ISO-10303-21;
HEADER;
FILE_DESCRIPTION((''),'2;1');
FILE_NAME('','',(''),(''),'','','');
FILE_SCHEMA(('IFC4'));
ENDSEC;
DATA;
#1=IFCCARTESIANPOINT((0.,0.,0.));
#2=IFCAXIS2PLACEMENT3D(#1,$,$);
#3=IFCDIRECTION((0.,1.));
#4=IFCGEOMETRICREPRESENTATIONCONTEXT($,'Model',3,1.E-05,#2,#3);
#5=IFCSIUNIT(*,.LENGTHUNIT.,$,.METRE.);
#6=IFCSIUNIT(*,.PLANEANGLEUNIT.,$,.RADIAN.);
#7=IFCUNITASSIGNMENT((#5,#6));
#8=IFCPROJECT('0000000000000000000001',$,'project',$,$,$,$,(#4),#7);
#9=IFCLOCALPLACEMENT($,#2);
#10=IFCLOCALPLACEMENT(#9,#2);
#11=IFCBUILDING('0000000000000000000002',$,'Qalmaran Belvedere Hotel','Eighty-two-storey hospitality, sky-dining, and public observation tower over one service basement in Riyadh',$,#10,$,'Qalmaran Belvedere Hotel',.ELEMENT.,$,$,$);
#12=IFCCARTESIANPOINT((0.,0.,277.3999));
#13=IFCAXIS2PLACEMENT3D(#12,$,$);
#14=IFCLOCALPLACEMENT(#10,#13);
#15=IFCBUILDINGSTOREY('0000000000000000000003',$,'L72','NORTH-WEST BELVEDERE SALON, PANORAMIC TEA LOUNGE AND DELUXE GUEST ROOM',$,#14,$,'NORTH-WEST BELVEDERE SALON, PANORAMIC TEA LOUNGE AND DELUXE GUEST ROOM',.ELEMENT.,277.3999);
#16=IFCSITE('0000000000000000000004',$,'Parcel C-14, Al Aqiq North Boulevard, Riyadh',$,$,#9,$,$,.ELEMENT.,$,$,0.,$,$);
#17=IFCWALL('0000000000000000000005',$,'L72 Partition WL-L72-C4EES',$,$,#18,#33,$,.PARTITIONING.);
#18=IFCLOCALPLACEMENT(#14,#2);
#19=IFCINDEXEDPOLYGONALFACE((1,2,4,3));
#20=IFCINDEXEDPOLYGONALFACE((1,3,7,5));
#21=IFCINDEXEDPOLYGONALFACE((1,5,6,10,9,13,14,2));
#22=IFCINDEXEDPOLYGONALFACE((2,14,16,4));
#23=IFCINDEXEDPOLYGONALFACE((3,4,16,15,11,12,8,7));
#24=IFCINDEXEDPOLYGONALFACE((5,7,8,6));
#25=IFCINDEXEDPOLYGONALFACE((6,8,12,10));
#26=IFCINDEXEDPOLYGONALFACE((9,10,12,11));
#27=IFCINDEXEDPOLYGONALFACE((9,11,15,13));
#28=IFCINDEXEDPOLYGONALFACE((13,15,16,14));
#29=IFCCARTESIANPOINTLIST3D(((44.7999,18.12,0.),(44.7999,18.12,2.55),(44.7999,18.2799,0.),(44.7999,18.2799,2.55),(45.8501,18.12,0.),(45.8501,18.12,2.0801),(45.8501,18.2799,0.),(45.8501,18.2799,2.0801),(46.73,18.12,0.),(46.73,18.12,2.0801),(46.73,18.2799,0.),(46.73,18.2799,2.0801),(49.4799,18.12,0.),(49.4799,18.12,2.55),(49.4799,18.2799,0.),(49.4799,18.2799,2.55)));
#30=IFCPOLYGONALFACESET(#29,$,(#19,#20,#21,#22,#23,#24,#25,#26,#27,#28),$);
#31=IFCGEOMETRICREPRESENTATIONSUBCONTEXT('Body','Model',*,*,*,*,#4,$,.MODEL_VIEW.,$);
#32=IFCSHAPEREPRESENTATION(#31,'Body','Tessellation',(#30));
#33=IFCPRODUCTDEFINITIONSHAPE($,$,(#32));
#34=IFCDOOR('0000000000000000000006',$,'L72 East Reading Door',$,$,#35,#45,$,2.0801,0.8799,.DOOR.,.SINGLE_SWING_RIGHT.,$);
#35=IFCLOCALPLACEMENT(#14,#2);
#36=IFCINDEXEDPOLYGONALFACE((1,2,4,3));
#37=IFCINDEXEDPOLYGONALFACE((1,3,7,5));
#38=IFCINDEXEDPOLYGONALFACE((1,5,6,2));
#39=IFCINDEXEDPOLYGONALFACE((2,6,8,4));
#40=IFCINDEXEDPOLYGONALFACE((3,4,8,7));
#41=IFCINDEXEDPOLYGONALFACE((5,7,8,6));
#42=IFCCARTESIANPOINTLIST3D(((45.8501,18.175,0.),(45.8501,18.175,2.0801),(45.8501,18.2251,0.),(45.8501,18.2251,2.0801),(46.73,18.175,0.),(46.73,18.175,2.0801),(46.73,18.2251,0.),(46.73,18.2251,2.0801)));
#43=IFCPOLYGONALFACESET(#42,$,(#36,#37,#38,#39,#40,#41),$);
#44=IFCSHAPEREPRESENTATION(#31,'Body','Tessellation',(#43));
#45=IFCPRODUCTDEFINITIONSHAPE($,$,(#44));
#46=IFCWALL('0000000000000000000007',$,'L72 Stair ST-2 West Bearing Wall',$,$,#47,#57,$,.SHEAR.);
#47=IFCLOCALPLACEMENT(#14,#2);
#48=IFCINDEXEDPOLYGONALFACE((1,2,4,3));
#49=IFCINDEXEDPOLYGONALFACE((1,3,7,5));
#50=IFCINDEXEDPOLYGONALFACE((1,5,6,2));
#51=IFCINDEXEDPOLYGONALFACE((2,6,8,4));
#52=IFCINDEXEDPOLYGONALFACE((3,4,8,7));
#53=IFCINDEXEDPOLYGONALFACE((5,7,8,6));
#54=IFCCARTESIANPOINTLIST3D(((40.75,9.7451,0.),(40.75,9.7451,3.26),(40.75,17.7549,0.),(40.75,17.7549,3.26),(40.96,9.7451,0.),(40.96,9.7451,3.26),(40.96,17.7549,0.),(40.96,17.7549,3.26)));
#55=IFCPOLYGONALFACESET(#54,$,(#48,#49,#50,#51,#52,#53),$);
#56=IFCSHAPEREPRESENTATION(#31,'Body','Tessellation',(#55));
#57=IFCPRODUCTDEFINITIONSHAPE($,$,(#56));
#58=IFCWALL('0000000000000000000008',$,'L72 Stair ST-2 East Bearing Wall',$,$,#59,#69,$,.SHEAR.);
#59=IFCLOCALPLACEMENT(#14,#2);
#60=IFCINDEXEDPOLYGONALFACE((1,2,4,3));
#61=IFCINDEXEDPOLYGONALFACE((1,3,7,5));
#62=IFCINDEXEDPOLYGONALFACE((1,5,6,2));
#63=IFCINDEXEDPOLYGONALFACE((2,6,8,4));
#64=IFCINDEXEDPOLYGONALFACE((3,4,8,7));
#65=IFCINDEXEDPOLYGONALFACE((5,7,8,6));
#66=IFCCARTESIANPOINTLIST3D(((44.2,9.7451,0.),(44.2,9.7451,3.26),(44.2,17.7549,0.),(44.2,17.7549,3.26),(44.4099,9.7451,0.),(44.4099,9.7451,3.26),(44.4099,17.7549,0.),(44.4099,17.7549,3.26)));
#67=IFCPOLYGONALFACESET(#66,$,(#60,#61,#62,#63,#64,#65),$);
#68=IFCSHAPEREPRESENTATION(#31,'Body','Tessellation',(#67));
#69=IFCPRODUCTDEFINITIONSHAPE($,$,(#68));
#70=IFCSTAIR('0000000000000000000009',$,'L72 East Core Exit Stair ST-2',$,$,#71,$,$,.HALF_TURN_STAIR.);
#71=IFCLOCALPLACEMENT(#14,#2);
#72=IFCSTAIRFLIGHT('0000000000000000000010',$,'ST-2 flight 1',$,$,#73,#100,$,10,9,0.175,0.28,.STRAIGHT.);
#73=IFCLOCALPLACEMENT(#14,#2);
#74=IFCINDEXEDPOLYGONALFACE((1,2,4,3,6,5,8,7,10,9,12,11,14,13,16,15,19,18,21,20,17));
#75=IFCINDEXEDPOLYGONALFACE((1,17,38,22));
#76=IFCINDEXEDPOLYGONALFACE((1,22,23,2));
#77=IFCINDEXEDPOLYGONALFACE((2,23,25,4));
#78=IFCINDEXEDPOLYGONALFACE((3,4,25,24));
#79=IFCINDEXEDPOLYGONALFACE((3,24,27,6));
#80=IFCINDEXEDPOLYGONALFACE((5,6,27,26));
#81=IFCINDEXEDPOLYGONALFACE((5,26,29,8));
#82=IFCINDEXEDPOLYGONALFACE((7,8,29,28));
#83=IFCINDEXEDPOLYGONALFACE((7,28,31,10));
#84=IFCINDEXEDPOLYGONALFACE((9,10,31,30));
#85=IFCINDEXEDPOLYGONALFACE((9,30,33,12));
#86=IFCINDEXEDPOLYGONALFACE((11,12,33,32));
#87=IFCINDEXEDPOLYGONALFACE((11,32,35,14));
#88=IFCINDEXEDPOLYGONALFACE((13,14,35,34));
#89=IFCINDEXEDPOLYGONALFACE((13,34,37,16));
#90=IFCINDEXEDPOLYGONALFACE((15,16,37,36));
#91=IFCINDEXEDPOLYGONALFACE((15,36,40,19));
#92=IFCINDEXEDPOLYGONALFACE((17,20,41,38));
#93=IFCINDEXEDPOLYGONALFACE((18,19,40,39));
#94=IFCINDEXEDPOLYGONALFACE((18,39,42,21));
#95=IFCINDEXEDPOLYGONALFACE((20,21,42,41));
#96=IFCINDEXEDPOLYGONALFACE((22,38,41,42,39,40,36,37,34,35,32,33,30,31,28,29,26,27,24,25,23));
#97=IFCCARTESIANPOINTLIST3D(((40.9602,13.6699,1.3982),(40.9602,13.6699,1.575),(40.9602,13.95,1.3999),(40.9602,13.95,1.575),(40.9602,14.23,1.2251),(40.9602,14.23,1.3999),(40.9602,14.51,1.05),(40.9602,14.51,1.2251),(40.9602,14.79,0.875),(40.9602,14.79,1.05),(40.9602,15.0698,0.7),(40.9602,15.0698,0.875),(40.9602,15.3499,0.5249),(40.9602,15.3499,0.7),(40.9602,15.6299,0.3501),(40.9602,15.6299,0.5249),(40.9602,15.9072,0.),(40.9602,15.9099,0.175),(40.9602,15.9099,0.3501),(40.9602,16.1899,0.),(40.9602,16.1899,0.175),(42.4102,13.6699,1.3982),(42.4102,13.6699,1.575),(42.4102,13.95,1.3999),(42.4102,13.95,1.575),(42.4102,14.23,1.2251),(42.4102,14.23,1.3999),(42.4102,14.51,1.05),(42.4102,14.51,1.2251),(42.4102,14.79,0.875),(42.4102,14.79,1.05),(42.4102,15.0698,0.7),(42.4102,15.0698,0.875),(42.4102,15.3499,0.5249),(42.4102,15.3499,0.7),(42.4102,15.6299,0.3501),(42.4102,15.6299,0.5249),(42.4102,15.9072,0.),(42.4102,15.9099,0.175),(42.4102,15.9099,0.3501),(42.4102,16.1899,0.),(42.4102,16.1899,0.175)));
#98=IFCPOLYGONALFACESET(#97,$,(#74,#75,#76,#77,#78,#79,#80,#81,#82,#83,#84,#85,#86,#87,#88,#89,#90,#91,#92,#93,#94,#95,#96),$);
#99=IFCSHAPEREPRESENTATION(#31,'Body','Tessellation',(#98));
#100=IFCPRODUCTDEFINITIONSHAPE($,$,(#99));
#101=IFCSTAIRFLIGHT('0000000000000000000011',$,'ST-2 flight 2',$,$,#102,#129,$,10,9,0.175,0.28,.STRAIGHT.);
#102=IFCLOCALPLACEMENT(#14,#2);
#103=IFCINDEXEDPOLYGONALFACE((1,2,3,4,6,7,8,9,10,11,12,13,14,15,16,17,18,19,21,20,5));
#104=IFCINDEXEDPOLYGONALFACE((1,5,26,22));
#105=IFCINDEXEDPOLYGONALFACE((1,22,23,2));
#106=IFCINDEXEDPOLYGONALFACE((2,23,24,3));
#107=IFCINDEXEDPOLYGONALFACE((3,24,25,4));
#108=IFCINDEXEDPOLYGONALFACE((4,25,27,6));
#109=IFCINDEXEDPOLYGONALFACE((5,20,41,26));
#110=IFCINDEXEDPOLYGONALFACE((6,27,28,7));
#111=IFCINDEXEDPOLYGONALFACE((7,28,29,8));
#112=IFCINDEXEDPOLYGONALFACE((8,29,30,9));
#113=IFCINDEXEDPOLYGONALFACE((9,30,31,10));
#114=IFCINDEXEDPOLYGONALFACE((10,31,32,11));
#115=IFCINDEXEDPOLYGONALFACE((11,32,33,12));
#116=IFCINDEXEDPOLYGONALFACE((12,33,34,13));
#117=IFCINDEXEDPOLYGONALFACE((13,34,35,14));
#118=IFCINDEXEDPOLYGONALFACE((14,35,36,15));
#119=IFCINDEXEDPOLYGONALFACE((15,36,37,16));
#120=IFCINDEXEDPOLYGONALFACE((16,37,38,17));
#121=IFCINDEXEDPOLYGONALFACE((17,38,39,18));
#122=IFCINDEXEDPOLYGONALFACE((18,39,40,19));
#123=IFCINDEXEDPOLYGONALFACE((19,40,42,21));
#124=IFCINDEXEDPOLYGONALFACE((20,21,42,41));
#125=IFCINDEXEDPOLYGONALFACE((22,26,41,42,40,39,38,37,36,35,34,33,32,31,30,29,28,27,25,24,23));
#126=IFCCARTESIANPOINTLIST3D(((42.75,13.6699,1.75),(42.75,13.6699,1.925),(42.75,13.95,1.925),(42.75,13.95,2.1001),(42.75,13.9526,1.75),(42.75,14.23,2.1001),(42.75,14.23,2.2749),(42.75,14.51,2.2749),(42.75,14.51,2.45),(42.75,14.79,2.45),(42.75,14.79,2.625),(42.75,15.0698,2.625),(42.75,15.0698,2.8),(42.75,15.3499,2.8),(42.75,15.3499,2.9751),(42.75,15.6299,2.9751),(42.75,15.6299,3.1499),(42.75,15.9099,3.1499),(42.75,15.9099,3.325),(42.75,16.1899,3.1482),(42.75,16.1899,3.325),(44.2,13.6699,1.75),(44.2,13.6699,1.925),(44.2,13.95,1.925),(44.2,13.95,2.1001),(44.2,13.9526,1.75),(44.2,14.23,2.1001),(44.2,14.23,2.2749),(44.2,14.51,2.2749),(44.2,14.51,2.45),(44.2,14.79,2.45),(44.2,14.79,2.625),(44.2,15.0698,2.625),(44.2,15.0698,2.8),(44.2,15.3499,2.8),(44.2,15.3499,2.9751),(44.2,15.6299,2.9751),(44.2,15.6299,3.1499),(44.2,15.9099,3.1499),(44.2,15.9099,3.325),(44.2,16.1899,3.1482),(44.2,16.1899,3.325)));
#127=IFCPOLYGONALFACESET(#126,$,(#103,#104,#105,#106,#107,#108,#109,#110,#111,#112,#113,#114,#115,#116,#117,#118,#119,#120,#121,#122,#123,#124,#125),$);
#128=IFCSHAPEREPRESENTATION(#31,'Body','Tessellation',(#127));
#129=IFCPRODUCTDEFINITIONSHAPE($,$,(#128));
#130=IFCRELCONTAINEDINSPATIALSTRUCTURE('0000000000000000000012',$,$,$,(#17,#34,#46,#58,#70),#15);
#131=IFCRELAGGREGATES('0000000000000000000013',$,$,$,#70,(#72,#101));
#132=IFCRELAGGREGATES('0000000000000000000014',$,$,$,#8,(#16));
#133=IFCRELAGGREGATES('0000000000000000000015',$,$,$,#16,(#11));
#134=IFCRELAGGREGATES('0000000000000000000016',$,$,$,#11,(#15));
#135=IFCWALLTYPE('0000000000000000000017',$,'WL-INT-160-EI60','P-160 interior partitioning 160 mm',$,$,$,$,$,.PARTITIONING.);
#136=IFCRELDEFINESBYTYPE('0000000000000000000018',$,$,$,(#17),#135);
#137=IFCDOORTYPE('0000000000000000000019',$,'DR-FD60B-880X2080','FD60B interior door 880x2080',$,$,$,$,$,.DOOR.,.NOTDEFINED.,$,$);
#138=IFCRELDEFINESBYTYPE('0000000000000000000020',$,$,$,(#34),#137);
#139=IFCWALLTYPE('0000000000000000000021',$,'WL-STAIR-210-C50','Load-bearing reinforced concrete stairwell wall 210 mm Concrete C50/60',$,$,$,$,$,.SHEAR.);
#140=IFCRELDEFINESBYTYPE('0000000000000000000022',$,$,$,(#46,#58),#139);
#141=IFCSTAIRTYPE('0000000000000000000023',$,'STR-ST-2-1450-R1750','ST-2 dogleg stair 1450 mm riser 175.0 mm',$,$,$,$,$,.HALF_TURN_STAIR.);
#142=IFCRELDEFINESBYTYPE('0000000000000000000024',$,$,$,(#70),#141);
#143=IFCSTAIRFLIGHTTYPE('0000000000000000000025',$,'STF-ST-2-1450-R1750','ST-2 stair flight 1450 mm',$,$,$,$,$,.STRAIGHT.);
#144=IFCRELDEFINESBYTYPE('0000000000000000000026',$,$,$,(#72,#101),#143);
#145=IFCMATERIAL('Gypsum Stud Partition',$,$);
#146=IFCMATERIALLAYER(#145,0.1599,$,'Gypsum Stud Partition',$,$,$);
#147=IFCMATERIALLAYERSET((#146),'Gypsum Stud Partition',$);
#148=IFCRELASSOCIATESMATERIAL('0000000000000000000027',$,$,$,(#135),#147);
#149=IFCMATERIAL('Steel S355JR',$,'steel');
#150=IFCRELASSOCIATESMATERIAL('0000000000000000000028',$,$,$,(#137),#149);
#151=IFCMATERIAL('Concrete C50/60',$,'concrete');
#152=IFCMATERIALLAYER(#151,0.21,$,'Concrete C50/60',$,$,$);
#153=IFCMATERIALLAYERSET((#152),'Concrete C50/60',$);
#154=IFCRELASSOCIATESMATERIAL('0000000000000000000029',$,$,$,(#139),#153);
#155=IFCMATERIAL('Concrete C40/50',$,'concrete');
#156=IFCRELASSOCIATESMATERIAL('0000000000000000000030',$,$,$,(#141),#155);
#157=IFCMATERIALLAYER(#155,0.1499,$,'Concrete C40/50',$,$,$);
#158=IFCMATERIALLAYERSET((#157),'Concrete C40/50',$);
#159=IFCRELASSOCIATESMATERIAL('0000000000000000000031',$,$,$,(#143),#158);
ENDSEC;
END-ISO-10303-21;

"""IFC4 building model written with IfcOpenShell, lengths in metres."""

from ifc_helpers import new_model, si_unit, direction, frame, frame_2d, origin, place, context, subcontext, project, spatial, polyline, rectangle, outline, extrude, material, layer, layer_set, type_object, element, fill, aggregate, save


model = new_model("IFC4")

# Units and contexts
model_context = context("Model", 3, precision=1e-05, world=origin(), true_north=direction((0.0, 1.0)))
body_context = subcontext(model_context, "Body", "Model", "MODEL_VIEW")
ifc_project = project(units=[si_unit("LENGTHUNIT", "METRE"), si_unit("PLANEANGLEUNIT", "RADIAN")], contexts=[model_context])

# Site, building, storey
site_placement = place(None, origin())
site = spatial("IfcSite", under=ifc_project, at=site_placement, Name="Parcel C-14, Al Aqiq North Boulevard, Riyadh", CompositionType="ELEMENT", RefElevation=0.0)
building_placement = place(site_placement, origin())
building = spatial("IfcBuilding", under=site, at=building_placement, Name="Qalmaran Belvedere Hotel", Description="Eighty-two-storey hospitality, sky-dining, and public observation tower over one service basement in Riyadh", LongName="Qalmaran Belvedere Hotel", CompositionType="ELEMENT")
storey_placement = place(building_placement, frame((0.0, 0.0, 277.3999)))
storey = spatial("IfcBuildingStorey", under=building, at=storey_placement, Name="L72", Description="NORTH-WEST BELVEDERE SALON, PANORAMIC TEA LOUNGE AND DELUXE GUEST ROOM", LongName="NORTH-WEST BELVEDERE SALON, PANORAMIC TEA LOUNGE AND DELUXE GUEST ROOM", CompositionType="ELEMENT", Elevation=277.3999)

# Shared definitions
ifc_material_1 = material(Name="Concrete C50/60", Category="concrete")

# Shared definitions
ifc_material_2 = material(Name="Steel S355JR", Category="steel")

# Wall, opening, door
ifc_material_3 = material(Name="Gypsum Stud Partition")
ifc_layer_1 = layer(ifc_material_3, 0.1599, Name="Gypsum Stud Partition")
ifc_layer_set_1 = layer_set([ifc_layer_1], Name="Gypsum Stud Partition")
wall_type_1 = type_object("IfcWallType", Name="WL-INT-160-EI60", Description="P-160 interior partitioning 160 mm", PredefinedType="PARTITIONING", material=ifc_layer_set_1)
wall_1_placement = place(storey_placement, frame((44.8, 18.2, 0.0), z_axis=(0.0, 0.0, 1.0), x_axis=(1.0, 0.0, 0.0)))
wall_1 = element("IfcWall", 1, at=wall_1_placement, inside=storey, type_object=wall_type_1, Name="L72 Partition WL-L72-C4EES", PredefinedType="PARTITIONING", context=body_context, shape_type="SweptSolid", body=[
    extrude(rectangle(XDim=4.6799, YDim=0.1599, at=frame_2d((2.3398, 0.0))), origin(), (0.0, 0.0, 1.0), 2.55),
])
opening_1_placement = place(wall_1_placement, frame((1.9299, 0.0, 0.0), z_axis=(0.0, 0.0, 1.0), x_axis=(-1.0, 0.0, 0.0)))
opening_1 = element("IfcOpeningElement", 2, at=opening_1_placement, cuts=wall_1, PredefinedType="OPENING", context=body_context, shape_type="SweptSolid", body=[
    extrude(rectangle(XDim=0.8799, YDim=2.0801, at=frame_2d((0.4399, 1.04))), frame((0.0, 0.0898, 0.0), z_axis=(0.0, -1.0, 0.0), x_axis=(1.0, 0.0, 0.0)), (0.0, 0.0, 1.0), 0.1799),
])
door_type = type_object("IfcDoorType", Name="DR-FD60B-880X2080", Description="FD60B interior door 880x2080", OperationType="NOTDEFINED", PredefinedType="DOOR", material=ifc_material_2)
door_placement = place(opening_1_placement, origin())
door = element("IfcDoor", 3, at=door_placement, inside=storey, type_object=door_type, Name="L72 East Reading Door", OperationType="SINGLE_SWING_RIGHT", OverallHeight=2.0801, OverallWidth=0.8799, PredefinedType="DOOR", context=body_context, shape_type="SweptSolid", body=[
    extrude(rectangle(XDim=0.8799, YDim=2.0801, at=frame_2d((0.4399, 1.04))), frame((0.0, 0.0249, 0.0), z_axis=(0.0, -1.0, 0.0), x_axis=(1.0, 0.0, 0.0)), (0.0, 0.0, 1.0), 0.05),
])
fill(opening_1, door)

# Walls
ifc_layer_2 = layer(ifc_material_1, 0.21, Name="Concrete C50/60")
ifc_layer_set_2 = layer_set([ifc_layer_2], Name="Concrete C50/60")
wall_type_2 = type_object("IfcWallType", Name="WL-STAIR-210-C50", Description="Load-bearing reinforced concrete stairwell wall 210 mm Concrete C50/60", PredefinedType="SHEAR", material=ifc_layer_set_2)
for number, where, z_axis, x_axis, name in (
    (4, (40.855, 9.7451, 0.0), (0.0, 0.0, 1.0), (0.0, 1.0, 0.0), "L72 Stair ST-2 West Bearing Wall"),
    (5, (44.3049, 9.7451, 0.0), (0.0, 0.0, 1.0), (0.0, 1.0, 0.0), "L72 Stair ST-2 East Bearing Wall"),
):
    element("IfcWall", number, at=place(storey_placement, frame(where, z_axis=z_axis, x_axis=x_axis)), inside=storey, type_object=wall_type_2, Name=name, PredefinedType="SHEAR", context=body_context, shape_type="SweptSolid", body=[
        extrude(rectangle(XDim=8.0098, YDim=0.21, at=frame_2d((4.0049, 0.0))), origin(), (0.0, 0.0, 1.0), 3.26),
    ])

# Stair, stair flights
ifc_material_4 = material(Name="Concrete C40/50", Category="concrete")
stair_type = type_object("IfcStairType", Name="STR-ST-2-1450-R1750", Description="ST-2 dogleg stair 1450 mm riser 175.0 mm", PredefinedType="HALF_TURN_STAIR", material=ifc_material_4)
stair_placement = place(storey_placement, origin())
stair = element("IfcStair", 6, at=stair_placement, inside=storey, type_object=stair_type, Name="L72 East Core Exit Stair ST-2", PredefinedType="HALF_TURN_STAIR")
ifc_layer_3 = layer(ifc_material_4, 0.1499, Name="Concrete C40/50")
ifc_layer_set_3 = layer_set([ifc_layer_3], Name="Concrete C40/50")
stair_flight_type = type_object("IfcStairFlightType", Name="STF-ST-2-1450-R1750", Description="ST-2 stair flight 1450 mm", PredefinedType="STRAIGHT", material=ifc_layer_set_3)
stair_flight_1_placement = place(storey_placement, frame((41.6851, 16.1899, 0.0), z_axis=(0.0, 0.0, 1.0), x_axis=(0.0, -1.0, 0.0)))
stair_flight_1 = element("IfcStairFlight", 7, at=stair_flight_1_placement, type_object=stair_flight_type, Name="ST-2 flight 1", NumberOfRisers=10, NumberOfTreads=9, PredefinedType="STRAIGHT", RiserHeight=0.175, TreadLength=0.28, context=body_context, shape_type="SweptSolid", body=[
    extrude(outline(polyline([(0.0, 0.0), (0.0, 0.175), (0.28, 0.175), (0.28, 0.3501), (0.5601, 0.3501), (0.5601, 0.5249), (0.8401, 0.5249), (0.8401, 0.7), (1.1201, 0.7), (1.1201, 0.875), (1.3999, 0.875), (1.3999, 1.05), (1.6799, 1.05), (1.6799, 1.2251), (1.96, 1.2251), (1.96, 1.3999), (2.24, 1.3999), (2.24, 1.575), (2.52, 1.575), (2.52, 1.75), (2.52, 1.3982), (0.2827, 0.0), (0.0, 0.0)])), frame((0.0, 0.7251, 0.0), z_axis=(0.0, -1.0, 0.0), x_axis=(1.0, 0.0, 0.0)), (0.0, 0.0, 1.0), 1.45),
])
stair_flight_2_placement = place(storey_placement, frame((43.4751, 13.6699, 1.75), z_axis=(0.0, 0.0, 1.0), x_axis=(0.0, 1.0, 0.0)))
stair_flight_2 = element("IfcStairFlight", 8, at=stair_flight_2_placement, type_object=stair_flight_type, Name="ST-2 flight 2", NumberOfRisers=10, NumberOfTreads=9, PredefinedType="STRAIGHT", RiserHeight=0.175, TreadLength=0.28, context=body_context, shape_type="SweptSolid", body=[
    extrude(outline(polyline([(0.0, 0.0), (0.0, 0.175), (0.28, 0.175), (0.28, 0.3501), (0.5601, 0.3501), (0.5601, 0.5249), (0.8401, 0.5249), (0.8401, 0.7), (1.1201, 0.7), (1.1201, 0.875), (1.3999, 0.875), (1.3999, 1.05), (1.6799, 1.05), (1.6799, 1.2251), (1.96, 1.2251), (1.96, 1.3999), (2.24, 1.3999), (2.24, 1.575), (2.52, 1.575), (2.52, 1.75), (2.52, 1.3982), (0.2827, 0.0), (0.0, 0.0)])), frame((0.0, 0.7251, 0.0), z_axis=(0.0, -1.0, 0.0), x_axis=(1.0, 0.0, 0.0)), (0.0, 0.0, 1.0), 1.45),
])
aggregate(stair, [stair_flight_1, stair_flight_2])

save(model, "model.ifc")
